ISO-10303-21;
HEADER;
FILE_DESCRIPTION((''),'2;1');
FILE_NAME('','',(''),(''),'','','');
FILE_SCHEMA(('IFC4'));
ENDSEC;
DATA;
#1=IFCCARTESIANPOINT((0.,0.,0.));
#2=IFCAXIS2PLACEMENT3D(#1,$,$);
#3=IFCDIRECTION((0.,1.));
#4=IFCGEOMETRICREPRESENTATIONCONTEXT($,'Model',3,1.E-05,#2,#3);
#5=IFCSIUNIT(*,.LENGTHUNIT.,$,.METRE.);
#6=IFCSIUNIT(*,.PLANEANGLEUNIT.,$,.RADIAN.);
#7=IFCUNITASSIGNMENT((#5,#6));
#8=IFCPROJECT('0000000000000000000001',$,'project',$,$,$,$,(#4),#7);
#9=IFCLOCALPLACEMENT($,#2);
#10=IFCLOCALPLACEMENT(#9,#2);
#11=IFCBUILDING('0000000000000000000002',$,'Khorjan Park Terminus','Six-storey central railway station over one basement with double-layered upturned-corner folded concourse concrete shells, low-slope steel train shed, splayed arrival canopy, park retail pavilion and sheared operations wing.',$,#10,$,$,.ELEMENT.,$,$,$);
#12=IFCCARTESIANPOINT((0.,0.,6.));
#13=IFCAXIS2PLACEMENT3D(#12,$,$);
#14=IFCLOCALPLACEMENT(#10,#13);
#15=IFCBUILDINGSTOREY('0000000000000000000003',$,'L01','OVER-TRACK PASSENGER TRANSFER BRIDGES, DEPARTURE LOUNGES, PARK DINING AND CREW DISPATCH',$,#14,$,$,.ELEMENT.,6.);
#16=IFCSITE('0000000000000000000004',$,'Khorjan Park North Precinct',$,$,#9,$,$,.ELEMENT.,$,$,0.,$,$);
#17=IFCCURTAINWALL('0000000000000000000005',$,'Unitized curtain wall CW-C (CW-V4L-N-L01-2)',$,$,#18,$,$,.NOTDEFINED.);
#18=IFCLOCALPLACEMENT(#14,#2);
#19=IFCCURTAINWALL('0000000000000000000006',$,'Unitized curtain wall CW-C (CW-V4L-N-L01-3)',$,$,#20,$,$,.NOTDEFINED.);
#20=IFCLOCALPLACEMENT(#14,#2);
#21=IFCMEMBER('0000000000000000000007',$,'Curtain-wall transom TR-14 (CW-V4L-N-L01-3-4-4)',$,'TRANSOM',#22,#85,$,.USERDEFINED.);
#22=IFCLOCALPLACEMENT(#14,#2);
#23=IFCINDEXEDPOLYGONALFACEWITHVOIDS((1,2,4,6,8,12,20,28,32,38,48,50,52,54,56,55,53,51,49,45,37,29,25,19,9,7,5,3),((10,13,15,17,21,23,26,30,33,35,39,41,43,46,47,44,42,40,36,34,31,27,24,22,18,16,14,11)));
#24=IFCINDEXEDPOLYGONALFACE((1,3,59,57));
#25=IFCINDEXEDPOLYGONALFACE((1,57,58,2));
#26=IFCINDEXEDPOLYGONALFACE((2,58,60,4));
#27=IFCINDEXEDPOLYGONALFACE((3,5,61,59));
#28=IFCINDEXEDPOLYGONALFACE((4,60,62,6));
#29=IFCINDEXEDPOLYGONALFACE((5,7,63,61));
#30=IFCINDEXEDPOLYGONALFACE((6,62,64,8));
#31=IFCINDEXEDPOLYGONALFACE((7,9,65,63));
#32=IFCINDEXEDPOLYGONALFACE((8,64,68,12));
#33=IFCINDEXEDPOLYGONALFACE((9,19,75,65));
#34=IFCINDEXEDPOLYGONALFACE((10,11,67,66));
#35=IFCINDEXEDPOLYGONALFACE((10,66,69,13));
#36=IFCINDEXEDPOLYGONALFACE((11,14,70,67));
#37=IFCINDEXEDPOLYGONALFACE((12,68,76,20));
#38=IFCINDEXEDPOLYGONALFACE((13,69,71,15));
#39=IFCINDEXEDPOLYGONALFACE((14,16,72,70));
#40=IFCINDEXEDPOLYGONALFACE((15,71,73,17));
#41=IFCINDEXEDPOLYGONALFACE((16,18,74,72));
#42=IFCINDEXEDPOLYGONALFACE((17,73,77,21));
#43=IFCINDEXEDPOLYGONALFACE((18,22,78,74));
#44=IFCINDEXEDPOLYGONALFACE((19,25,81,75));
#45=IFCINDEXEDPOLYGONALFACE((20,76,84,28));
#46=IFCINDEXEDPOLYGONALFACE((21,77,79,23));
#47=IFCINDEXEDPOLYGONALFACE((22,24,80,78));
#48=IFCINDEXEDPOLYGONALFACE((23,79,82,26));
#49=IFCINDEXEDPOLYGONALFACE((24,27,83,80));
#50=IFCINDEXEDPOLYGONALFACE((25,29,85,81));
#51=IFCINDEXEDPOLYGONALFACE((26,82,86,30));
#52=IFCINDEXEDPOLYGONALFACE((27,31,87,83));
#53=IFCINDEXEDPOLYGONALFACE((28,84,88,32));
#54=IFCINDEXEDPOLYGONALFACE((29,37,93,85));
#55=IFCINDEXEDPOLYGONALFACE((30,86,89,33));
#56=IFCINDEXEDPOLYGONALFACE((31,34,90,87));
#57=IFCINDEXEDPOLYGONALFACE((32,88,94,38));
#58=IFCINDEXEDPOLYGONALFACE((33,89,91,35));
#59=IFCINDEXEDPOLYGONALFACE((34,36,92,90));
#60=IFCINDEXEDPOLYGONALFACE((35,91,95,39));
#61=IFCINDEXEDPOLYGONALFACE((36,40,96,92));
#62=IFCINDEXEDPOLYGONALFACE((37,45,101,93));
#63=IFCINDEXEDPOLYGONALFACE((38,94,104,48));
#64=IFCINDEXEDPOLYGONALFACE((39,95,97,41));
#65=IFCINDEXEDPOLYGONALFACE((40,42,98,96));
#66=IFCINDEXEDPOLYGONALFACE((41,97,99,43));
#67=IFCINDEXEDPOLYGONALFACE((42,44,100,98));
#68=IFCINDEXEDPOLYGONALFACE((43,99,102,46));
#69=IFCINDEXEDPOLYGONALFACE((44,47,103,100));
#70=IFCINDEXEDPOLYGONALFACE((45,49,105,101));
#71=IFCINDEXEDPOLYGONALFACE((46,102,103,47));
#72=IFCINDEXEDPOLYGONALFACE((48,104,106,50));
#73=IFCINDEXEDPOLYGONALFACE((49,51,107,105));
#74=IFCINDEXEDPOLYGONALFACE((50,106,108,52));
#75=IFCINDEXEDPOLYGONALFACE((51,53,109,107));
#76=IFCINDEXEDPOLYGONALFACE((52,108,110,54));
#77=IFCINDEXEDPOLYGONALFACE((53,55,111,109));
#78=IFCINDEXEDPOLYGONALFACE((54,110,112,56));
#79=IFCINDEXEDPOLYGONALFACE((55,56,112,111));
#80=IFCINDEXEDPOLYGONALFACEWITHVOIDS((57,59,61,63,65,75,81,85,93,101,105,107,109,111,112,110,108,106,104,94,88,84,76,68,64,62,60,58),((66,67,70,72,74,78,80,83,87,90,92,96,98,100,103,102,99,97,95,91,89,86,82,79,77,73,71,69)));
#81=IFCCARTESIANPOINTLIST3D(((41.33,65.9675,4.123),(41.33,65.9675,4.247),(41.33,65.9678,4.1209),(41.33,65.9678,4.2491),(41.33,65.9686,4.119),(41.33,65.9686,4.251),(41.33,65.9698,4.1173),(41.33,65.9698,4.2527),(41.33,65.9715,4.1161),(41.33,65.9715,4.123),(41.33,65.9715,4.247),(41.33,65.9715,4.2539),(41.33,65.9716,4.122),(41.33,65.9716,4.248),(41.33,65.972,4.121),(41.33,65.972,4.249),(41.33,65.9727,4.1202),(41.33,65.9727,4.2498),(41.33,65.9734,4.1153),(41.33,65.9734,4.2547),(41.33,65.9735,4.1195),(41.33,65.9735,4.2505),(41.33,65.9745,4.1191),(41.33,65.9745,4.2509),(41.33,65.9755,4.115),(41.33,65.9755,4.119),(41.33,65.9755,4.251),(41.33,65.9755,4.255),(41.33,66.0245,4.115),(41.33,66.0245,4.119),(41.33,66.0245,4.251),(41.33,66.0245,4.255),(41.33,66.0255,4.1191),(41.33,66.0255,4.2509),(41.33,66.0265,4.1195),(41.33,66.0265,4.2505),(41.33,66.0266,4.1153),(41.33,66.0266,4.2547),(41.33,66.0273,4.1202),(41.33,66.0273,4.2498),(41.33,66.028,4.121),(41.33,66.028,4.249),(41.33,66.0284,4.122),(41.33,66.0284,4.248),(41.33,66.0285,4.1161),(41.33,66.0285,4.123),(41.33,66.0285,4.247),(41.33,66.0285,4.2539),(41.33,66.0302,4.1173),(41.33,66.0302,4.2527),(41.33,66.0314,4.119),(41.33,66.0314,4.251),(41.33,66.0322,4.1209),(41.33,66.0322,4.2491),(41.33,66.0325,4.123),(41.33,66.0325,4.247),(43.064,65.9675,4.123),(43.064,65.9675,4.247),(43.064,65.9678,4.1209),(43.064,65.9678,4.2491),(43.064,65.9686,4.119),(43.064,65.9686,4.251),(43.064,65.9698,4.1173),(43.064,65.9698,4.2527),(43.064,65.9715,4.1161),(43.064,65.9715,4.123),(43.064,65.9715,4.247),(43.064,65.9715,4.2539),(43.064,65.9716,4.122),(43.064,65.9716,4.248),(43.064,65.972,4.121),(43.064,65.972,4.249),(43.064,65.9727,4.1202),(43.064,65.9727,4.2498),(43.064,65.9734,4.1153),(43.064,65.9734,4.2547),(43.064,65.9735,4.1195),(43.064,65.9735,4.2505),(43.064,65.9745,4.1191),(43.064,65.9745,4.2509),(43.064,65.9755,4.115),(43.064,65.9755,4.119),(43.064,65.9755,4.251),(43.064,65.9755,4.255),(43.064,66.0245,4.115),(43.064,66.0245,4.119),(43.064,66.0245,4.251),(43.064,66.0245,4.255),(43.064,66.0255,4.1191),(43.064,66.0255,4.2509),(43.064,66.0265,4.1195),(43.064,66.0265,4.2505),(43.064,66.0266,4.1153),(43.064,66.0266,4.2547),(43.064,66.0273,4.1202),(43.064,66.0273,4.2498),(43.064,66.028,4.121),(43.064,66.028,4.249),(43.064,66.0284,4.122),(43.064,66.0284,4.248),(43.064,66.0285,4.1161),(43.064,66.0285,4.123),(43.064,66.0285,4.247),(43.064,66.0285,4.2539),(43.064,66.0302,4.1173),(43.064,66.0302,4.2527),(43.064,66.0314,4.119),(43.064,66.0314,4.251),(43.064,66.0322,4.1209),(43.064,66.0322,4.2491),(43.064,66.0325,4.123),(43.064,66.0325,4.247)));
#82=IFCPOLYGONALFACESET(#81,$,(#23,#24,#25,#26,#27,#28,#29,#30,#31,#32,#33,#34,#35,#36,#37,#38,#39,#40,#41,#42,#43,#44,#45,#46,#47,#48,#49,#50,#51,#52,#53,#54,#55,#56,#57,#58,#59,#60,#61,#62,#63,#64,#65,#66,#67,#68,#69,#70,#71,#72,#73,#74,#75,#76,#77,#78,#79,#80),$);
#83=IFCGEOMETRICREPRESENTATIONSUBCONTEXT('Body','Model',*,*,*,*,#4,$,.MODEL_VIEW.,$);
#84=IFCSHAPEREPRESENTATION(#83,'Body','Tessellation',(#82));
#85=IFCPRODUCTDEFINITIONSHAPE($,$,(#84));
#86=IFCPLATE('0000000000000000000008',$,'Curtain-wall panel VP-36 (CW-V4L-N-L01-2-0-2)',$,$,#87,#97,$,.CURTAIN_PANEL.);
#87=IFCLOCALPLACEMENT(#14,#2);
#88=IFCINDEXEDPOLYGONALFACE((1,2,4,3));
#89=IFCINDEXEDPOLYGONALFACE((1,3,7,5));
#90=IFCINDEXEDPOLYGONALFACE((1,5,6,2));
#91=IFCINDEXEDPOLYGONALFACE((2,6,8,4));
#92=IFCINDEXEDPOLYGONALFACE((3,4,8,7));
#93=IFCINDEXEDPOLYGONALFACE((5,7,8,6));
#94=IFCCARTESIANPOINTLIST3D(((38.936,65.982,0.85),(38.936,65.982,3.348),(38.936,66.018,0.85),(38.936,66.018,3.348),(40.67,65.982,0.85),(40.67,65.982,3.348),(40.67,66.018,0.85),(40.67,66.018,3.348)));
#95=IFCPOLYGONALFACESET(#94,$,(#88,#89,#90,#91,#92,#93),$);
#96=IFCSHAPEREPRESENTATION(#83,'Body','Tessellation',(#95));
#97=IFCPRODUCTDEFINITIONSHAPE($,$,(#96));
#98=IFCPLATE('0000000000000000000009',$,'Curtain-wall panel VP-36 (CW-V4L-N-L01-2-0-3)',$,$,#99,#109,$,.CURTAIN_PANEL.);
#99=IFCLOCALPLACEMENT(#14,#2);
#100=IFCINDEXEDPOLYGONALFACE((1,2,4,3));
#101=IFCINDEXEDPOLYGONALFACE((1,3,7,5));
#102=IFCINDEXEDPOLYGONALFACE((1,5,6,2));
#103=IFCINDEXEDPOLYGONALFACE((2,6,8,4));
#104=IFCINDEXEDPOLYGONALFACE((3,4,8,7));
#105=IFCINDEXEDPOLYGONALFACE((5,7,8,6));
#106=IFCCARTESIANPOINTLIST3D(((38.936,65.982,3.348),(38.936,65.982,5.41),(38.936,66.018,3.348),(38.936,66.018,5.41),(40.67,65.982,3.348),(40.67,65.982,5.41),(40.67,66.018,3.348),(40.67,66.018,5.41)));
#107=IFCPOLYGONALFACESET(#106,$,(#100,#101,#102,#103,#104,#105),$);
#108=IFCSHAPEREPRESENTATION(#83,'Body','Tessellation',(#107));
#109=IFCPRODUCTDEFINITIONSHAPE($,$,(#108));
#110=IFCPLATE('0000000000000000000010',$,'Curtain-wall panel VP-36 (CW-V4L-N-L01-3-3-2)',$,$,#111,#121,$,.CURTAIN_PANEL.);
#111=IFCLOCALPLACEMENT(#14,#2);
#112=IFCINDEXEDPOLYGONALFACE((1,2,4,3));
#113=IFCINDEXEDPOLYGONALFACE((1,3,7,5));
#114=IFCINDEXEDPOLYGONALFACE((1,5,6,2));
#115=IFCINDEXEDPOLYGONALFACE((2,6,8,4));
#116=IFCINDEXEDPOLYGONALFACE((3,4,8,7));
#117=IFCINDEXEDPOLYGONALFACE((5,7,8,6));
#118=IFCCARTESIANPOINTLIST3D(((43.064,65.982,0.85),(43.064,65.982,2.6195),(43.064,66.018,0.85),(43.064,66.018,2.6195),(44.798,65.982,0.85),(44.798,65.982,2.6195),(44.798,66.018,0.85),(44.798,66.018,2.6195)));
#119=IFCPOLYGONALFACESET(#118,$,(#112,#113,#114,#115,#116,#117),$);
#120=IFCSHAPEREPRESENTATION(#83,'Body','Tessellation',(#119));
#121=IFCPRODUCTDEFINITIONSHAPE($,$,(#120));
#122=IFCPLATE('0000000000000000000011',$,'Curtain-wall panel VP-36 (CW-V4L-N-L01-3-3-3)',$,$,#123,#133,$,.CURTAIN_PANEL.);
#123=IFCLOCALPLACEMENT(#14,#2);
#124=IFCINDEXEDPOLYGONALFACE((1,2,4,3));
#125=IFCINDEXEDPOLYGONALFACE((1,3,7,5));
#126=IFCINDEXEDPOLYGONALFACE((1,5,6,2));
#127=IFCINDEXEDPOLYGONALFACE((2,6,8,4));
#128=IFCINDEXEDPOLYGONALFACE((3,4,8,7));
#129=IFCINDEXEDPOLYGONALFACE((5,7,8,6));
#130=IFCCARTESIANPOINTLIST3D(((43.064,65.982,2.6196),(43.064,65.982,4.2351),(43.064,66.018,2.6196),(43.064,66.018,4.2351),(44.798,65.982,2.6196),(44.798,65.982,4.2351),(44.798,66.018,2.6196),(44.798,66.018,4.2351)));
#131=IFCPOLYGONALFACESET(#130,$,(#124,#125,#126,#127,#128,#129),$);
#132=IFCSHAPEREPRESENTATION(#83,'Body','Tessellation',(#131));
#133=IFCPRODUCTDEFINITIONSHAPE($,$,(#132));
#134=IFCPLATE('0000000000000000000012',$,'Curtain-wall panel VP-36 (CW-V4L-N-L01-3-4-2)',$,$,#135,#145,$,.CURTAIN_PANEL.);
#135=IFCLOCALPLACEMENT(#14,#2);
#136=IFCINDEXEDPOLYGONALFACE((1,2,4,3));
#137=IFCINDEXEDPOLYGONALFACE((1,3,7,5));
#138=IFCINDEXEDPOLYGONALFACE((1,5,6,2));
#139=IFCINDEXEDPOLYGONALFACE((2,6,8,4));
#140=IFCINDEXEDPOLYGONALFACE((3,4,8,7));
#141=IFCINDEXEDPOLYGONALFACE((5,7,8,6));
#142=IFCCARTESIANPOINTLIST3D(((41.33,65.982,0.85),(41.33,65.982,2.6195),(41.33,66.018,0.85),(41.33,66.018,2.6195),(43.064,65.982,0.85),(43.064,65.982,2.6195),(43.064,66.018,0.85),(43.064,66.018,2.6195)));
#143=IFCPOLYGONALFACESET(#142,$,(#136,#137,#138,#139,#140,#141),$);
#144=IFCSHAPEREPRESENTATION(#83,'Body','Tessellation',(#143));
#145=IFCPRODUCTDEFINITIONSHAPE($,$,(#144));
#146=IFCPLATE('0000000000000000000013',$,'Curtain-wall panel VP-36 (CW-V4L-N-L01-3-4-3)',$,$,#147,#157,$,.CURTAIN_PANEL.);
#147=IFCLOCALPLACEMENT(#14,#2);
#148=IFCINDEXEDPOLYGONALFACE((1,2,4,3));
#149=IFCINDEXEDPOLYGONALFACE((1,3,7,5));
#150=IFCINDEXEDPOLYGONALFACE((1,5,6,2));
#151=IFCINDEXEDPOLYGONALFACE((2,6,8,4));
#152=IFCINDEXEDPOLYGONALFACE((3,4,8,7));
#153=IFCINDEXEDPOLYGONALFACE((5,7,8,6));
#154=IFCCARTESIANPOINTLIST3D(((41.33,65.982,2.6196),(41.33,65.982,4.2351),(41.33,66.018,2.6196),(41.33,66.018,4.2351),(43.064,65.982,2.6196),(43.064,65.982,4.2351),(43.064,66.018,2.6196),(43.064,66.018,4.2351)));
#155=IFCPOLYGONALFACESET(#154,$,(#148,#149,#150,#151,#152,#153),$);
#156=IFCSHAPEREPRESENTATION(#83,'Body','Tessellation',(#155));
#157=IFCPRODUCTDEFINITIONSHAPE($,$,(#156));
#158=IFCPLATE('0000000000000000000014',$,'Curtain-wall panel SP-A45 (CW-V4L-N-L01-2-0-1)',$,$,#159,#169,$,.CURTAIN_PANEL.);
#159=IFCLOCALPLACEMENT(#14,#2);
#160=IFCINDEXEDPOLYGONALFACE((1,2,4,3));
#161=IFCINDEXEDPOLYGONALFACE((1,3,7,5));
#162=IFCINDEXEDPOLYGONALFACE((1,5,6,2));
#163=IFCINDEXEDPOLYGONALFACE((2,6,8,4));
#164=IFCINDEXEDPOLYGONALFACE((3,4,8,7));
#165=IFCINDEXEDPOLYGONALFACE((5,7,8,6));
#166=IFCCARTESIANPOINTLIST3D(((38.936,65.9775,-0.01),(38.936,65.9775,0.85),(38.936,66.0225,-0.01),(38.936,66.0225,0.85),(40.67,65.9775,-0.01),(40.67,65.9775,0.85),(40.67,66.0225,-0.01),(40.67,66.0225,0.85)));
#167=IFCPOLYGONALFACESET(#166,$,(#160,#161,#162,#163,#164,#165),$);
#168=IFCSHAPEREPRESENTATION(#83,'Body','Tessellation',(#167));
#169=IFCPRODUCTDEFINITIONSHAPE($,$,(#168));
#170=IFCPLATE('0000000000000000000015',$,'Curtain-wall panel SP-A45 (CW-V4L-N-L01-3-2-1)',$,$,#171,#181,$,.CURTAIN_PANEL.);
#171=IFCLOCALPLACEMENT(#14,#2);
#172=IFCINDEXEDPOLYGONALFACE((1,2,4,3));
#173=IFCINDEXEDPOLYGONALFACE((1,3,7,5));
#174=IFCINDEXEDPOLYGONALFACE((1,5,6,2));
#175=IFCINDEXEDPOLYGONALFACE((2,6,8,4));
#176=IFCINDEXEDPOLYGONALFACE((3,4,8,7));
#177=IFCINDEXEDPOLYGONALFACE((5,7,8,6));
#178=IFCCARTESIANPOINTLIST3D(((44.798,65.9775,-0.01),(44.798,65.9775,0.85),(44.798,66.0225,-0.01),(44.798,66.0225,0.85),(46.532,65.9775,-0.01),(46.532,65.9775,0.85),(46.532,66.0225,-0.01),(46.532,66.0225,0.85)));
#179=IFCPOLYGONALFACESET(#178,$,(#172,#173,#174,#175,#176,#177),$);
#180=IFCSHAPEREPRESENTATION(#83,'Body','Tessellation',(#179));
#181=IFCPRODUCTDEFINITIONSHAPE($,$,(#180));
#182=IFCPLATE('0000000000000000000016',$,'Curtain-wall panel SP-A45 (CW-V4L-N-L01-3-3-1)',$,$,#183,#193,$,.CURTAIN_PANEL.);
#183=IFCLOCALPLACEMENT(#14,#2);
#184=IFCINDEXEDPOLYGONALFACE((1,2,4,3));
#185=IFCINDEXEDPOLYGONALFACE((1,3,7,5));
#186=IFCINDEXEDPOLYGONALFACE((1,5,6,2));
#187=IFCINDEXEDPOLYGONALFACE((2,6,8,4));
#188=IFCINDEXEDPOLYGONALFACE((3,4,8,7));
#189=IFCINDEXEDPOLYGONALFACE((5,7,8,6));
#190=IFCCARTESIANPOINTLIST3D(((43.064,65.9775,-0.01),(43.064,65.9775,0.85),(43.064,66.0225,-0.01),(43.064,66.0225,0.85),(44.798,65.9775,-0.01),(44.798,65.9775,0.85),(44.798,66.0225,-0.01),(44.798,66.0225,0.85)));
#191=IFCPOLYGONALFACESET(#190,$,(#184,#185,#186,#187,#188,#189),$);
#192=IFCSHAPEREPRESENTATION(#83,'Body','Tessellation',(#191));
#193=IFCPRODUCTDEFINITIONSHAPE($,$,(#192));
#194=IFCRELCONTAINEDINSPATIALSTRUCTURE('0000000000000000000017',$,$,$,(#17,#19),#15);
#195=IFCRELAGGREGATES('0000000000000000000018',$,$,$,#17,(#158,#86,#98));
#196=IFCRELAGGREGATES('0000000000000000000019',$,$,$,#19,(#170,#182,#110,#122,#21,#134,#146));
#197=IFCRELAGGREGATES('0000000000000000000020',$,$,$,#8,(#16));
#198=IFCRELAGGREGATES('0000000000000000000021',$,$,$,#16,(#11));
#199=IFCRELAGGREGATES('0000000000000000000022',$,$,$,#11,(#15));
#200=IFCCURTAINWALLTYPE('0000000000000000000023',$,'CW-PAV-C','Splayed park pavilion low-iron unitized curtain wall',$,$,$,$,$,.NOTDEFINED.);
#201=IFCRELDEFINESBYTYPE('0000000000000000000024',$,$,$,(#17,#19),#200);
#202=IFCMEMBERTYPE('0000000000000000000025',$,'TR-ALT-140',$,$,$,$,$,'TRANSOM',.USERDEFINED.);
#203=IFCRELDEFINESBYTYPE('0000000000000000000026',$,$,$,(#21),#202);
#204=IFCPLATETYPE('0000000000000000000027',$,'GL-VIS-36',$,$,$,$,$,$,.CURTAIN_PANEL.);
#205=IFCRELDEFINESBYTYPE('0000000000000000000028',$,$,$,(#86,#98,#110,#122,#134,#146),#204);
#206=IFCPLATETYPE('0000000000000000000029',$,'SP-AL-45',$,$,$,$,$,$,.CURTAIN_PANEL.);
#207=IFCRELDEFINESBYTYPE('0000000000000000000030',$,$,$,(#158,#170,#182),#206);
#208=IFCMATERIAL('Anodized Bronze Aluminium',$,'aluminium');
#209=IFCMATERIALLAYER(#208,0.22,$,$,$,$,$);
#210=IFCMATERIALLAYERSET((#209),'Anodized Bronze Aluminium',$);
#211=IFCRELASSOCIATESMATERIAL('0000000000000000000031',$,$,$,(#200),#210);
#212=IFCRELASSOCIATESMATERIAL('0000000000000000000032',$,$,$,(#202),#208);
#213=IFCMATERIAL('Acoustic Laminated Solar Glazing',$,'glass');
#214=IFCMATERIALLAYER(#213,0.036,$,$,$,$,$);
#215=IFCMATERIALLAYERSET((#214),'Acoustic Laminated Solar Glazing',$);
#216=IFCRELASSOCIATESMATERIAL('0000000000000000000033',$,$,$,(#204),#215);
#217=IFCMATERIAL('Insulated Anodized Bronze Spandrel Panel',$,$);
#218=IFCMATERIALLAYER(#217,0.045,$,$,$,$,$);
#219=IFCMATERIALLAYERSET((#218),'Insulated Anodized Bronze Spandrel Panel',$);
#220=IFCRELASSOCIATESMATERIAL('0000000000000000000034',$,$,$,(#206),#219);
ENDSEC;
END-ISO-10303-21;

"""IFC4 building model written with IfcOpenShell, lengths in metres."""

from ifc_helpers import new_model, si_unit, direction, frame, origin, origin_2d, place, context, subcontext, project, spatial, rectangle, hollow_rectangle, extrude, material, layer, layer_set, material_profile, profile_set, type_object, element, aggregate, save


model = new_model("IFC4")

# Units and contexts
model_context = context("Model", 3, precision=1e-05, world=origin(), true_north=direction((0.0, 1.0)))
body_context = subcontext(model_context, "Body", "Model", "MODEL_VIEW")
ifc_project = project(units=[si_unit("LENGTHUNIT", "METRE"), si_unit("PLANEANGLEUNIT", "RADIAN")], contexts=[model_context])

# Site, building, storey
site_placement = place(None, origin())
site = spatial("IfcSite", under=ifc_project, at=site_placement, Name="Khorjan Park North Precinct", CompositionType="ELEMENT", RefElevation=0.0)
building_placement = place(site_placement, origin())
building = spatial("IfcBuilding", under=site, at=building_placement, Name="Khorjan Park Terminus", Description="Six-storey central railway station over one basement with double-layered upturned-corner folded concourse concrete shells, low-slope steel train shed, splayed arrival canopy, park retail pavilion and sheared operations wing.", CompositionType="ELEMENT")
storey_placement = place(building_placement, frame((0.0, 0.0, 6.0)))
storey = spatial("IfcBuildingStorey", under=building, at=storey_placement, Name="L01", Description="OVER-TRACK PASSENGER TRANSFER BRIDGES, DEPARTURE LOUNGES, PARK DINING AND CREW DISPATCH", CompositionType="ELEMENT", Elevation=6.0)

# Curtain wall
ifc_material_1 = material(Name="Anodized Bronze Aluminium", Category="aluminium")
ifc_layer_1 = layer(ifc_material_1, 0.22)
ifc_layer_set_1 = layer_set([ifc_layer_1], Name="Anodized Bronze Aluminium")
curtain_wall_type = type_object("IfcCurtainWallType", Name="CW-PAV-C", Description="Splayed park pavilion low-iron unitized curtain wall", PredefinedType="NOTDEFINED", material=ifc_layer_set_1)
curtain_wall_1_placement = place(storey_placement, origin())
curtain_wall_1 = element("IfcCurtainWall", 1, at=curtain_wall_1_placement, inside=storey, type_object=curtain_wall_type, Name="Unitized curtain wall CW-C (CW-V4L-N-L01-2)", PredefinedType="NOTDEFINED")

# Curtain wall
curtain_wall_2_placement = place(storey_placement, origin())
curtain_wall_2 = element("IfcCurtainWall", 2, at=curtain_wall_2_placement, inside=storey, type_object=curtain_wall_type, Name="Unitized curtain wall CW-C (CW-V4L-N-L01-3)", PredefinedType="NOTDEFINED")

# Member
ifc_material_profile_1 = material_profile(ifc_material_1, hollow_rectangle(XDim=0.065, YDim=0.14, WallThickness=0.004, InnerFilletRadius=0.004, OuterFilletRadius=0.008, at=origin_2d()), Name="ALT 65x140x4")
ifc_profile_set_1 = profile_set([ifc_material_profile_1], Name="Anodized Bronze Aluminium")
member_type_1 = type_object("IfcMemberType", Name="TR-ALT-140", ElementType="TRANSOM", PredefinedType="USERDEFINED", material=ifc_profile_set_1)
member_1_placement = place(storey_placement, frame((43.064, 66.0, 4.185), z_axis=(-1.0, 0.0, 0.0), x_axis=(0.0, -1.0, 0.0)))
member_1 = element("IfcMember", 3, at=member_1_placement, type_object=member_type_1, Name="Curtain-wall transom TR-14 (CW-V4L-N-L01-3-4-4)", ObjectType="TRANSOM", PredefinedType="USERDEFINED", context=body_context, shape_type="SweptSolid", body=[
    extrude(hollow_rectangle(XDim=0.065, YDim=0.14, WallThickness=0.004, InnerFilletRadius=0.004, OuterFilletRadius=0.008, at=origin_2d()), origin(), (0.0, 0.0, 1.0), 1.734),
])

# Plates
ifc_material_2 = material(Name="Acoustic Laminated Solar Glazing", Category="glass")
ifc_layer_2 = layer(ifc_material_2, 0.036)
ifc_layer_set_2 = layer_set([ifc_layer_2], Name="Acoustic Laminated Solar Glazing")
plate_type_1 = type_object("IfcPlateType", Name="GL-VIS-36", PredefinedType="CURTAIN_PANEL", material=ifc_layer_set_2)
plate_1_placement = place(storey_placement, frame((39.803, 66.0, 0.85), z_axis=(0.0, 0.0, 1.0), x_axis=(-1.0, 0.0, 0.0)))
plate_1 = element("IfcPlate", 4, at=plate_1_placement, type_object=plate_type_1, Name="Curtain-wall panel VP-36 (CW-V4L-N-L01-2-0-2)", PredefinedType="CURTAIN_PANEL", context=body_context, shape_type="SweptSolid", body=[
    extrude(rectangle(XDim=1.734, YDim=0.036, at=origin_2d()), origin(), (0.0, 0.0, 1.0), 2.498),
])
plate_2_placement = place(storey_placement, frame((39.803, 66.0, 3.348), z_axis=(0.0, 0.0, 1.0), x_axis=(-1.0, 0.0, 0.0)))
plate_2 = element("IfcPlate", 5, at=plate_2_placement, type_object=plate_type_1, Name="Curtain-wall panel VP-36 (CW-V4L-N-L01-2-0-3)", PredefinedType="CURTAIN_PANEL", context=body_context, shape_type="SweptSolid", body=[
    extrude(rectangle(XDim=1.734, YDim=0.036, at=origin_2d()), origin(), (0.0, 0.0, 1.0), 2.062),
])
plate_3_placement = place(storey_placement, frame((43.931, 66.0, 0.85), z_axis=(0.0, 0.0, 1.0), x_axis=(-1.0, 0.0, 0.0)))
plate_3 = element("IfcPlate", 6, at=plate_3_placement, type_object=plate_type_1, Name="Curtain-wall panel VP-36 (CW-V4L-N-L01-3-3-2)", PredefinedType="CURTAIN_PANEL", context=body_context, shape_type="SweptSolid", body=[
    extrude(rectangle(XDim=1.734, YDim=0.036, at=origin_2d()), origin(), (0.0, 0.0, 1.0), 1.7695),
])
plate_4_placement = place(storey_placement, frame((43.931, 66.0, 2.6196), z_axis=(0.0, 0.0, 1.0), x_axis=(-1.0, 0.0, 0.0)))
plate_4 = element("IfcPlate", 7, at=plate_4_placement, type_object=plate_type_1, Name="Curtain-wall panel VP-36 (CW-V4L-N-L01-3-3-3)", PredefinedType="CURTAIN_PANEL", context=body_context, shape_type="SweptSolid", body=[
    extrude(rectangle(XDim=1.734, YDim=0.036, at=origin_2d()), origin(), (0.0, 0.0, 1.0), 1.6155),
])
plate_5_placement = place(storey_placement, frame((42.197, 66.0, 0.85), z_axis=(0.0, 0.0, 1.0), x_axis=(-1.0, 0.0, 0.0)))
plate_5 = element("IfcPlate", 8, at=plate_5_placement, type_object=plate_type_1, Name="Curtain-wall panel VP-36 (CW-V4L-N-L01-3-4-2)", PredefinedType="CURTAIN_PANEL", context=body_context, shape_type="SweptSolid", body=[
    extrude(rectangle(XDim=1.734, YDim=0.036, at=origin_2d()), origin(), (0.0, 0.0, 1.0), 1.7695),
])
plate_6_placement = place(storey_placement, frame((42.197, 66.0, 2.6196), z_axis=(0.0, 0.0, 1.0), x_axis=(-1.0, 0.0, 0.0)))
plate_6 = element("IfcPlate", 9, at=plate_6_placement, type_object=plate_type_1, Name="Curtain-wall panel VP-36 (CW-V4L-N-L01-3-4-3)", PredefinedType="CURTAIN_PANEL", context=body_context, shape_type="SweptSolid", body=[
    extrude(rectangle(XDim=1.734, YDim=0.036, at=origin_2d()), origin(), (0.0, 0.0, 1.0), 1.6155),
])
ifc_material_3 = material(Name="Insulated Anodized Bronze Spandrel Panel")
ifc_layer_3 = layer(ifc_material_3, 0.045)
ifc_layer_set_3 = layer_set([ifc_layer_3], Name="Insulated Anodized Bronze Spandrel Panel")
plate_type_2 = type_object("IfcPlateType", Name="SP-AL-45", PredefinedType="CURTAIN_PANEL", material=ifc_layer_set_3)
plate_7_placement = place(storey_placement, frame((39.803, 66.0, -0.01), z_axis=(0.0, 0.0, 1.0), x_axis=(-1.0, 0.0, 0.0)))
plate_7 = element("IfcPlate", 10, at=plate_7_placement, type_object=plate_type_2, Name="Curtain-wall panel SP-A45 (CW-V4L-N-L01-2-0-1)", PredefinedType="CURTAIN_PANEL", context=body_context, shape_type="SweptSolid", body=[
    extrude(rectangle(XDim=1.734, YDim=0.045, at=origin_2d()), origin(), (0.0, 0.0, 1.0), 0.86),
])
aggregate(curtain_wall_1, [plate_7, plate_1, plate_2])
plate_8_placement = place(storey_placement, frame((45.665, 66.0, -0.01), z_axis=(0.0, 0.0, 1.0), x_axis=(-1.0, 0.0, 0.0)))
plate_8 = element("IfcPlate", 11, at=plate_8_placement, type_object=plate_type_2, Name="Curtain-wall panel SP-A45 (CW-V4L-N-L01-3-2-1)", PredefinedType="CURTAIN_PANEL", context=body_context, shape_type="SweptSolid", body=[
    extrude(rectangle(XDim=1.734, YDim=0.045, at=origin_2d()), origin(), (0.0, 0.0, 1.0), 0.86),
])
plate_9_placement = place(storey_placement, frame((43.931, 66.0, -0.01), z_axis=(0.0, 0.0, 1.0), x_axis=(-1.0, 0.0, 0.0)))
plate_9 = element("IfcPlate", 12, at=plate_9_placement, type_object=plate_type_2, Name="Curtain-wall panel SP-A45 (CW-V4L-N-L01-3-3-1)", PredefinedType="CURTAIN_PANEL", context=body_context, shape_type="SweptSolid", body=[
    extrude(rectangle(XDim=1.734, YDim=0.045, at=origin_2d()), origin(), (0.0, 0.0, 1.0), 0.86),
])
aggregate(curtain_wall_2, [plate_8, plate_9, plate_3, plate_4, member_1, plate_5, plate_6])

save(model, "model.ifc")
